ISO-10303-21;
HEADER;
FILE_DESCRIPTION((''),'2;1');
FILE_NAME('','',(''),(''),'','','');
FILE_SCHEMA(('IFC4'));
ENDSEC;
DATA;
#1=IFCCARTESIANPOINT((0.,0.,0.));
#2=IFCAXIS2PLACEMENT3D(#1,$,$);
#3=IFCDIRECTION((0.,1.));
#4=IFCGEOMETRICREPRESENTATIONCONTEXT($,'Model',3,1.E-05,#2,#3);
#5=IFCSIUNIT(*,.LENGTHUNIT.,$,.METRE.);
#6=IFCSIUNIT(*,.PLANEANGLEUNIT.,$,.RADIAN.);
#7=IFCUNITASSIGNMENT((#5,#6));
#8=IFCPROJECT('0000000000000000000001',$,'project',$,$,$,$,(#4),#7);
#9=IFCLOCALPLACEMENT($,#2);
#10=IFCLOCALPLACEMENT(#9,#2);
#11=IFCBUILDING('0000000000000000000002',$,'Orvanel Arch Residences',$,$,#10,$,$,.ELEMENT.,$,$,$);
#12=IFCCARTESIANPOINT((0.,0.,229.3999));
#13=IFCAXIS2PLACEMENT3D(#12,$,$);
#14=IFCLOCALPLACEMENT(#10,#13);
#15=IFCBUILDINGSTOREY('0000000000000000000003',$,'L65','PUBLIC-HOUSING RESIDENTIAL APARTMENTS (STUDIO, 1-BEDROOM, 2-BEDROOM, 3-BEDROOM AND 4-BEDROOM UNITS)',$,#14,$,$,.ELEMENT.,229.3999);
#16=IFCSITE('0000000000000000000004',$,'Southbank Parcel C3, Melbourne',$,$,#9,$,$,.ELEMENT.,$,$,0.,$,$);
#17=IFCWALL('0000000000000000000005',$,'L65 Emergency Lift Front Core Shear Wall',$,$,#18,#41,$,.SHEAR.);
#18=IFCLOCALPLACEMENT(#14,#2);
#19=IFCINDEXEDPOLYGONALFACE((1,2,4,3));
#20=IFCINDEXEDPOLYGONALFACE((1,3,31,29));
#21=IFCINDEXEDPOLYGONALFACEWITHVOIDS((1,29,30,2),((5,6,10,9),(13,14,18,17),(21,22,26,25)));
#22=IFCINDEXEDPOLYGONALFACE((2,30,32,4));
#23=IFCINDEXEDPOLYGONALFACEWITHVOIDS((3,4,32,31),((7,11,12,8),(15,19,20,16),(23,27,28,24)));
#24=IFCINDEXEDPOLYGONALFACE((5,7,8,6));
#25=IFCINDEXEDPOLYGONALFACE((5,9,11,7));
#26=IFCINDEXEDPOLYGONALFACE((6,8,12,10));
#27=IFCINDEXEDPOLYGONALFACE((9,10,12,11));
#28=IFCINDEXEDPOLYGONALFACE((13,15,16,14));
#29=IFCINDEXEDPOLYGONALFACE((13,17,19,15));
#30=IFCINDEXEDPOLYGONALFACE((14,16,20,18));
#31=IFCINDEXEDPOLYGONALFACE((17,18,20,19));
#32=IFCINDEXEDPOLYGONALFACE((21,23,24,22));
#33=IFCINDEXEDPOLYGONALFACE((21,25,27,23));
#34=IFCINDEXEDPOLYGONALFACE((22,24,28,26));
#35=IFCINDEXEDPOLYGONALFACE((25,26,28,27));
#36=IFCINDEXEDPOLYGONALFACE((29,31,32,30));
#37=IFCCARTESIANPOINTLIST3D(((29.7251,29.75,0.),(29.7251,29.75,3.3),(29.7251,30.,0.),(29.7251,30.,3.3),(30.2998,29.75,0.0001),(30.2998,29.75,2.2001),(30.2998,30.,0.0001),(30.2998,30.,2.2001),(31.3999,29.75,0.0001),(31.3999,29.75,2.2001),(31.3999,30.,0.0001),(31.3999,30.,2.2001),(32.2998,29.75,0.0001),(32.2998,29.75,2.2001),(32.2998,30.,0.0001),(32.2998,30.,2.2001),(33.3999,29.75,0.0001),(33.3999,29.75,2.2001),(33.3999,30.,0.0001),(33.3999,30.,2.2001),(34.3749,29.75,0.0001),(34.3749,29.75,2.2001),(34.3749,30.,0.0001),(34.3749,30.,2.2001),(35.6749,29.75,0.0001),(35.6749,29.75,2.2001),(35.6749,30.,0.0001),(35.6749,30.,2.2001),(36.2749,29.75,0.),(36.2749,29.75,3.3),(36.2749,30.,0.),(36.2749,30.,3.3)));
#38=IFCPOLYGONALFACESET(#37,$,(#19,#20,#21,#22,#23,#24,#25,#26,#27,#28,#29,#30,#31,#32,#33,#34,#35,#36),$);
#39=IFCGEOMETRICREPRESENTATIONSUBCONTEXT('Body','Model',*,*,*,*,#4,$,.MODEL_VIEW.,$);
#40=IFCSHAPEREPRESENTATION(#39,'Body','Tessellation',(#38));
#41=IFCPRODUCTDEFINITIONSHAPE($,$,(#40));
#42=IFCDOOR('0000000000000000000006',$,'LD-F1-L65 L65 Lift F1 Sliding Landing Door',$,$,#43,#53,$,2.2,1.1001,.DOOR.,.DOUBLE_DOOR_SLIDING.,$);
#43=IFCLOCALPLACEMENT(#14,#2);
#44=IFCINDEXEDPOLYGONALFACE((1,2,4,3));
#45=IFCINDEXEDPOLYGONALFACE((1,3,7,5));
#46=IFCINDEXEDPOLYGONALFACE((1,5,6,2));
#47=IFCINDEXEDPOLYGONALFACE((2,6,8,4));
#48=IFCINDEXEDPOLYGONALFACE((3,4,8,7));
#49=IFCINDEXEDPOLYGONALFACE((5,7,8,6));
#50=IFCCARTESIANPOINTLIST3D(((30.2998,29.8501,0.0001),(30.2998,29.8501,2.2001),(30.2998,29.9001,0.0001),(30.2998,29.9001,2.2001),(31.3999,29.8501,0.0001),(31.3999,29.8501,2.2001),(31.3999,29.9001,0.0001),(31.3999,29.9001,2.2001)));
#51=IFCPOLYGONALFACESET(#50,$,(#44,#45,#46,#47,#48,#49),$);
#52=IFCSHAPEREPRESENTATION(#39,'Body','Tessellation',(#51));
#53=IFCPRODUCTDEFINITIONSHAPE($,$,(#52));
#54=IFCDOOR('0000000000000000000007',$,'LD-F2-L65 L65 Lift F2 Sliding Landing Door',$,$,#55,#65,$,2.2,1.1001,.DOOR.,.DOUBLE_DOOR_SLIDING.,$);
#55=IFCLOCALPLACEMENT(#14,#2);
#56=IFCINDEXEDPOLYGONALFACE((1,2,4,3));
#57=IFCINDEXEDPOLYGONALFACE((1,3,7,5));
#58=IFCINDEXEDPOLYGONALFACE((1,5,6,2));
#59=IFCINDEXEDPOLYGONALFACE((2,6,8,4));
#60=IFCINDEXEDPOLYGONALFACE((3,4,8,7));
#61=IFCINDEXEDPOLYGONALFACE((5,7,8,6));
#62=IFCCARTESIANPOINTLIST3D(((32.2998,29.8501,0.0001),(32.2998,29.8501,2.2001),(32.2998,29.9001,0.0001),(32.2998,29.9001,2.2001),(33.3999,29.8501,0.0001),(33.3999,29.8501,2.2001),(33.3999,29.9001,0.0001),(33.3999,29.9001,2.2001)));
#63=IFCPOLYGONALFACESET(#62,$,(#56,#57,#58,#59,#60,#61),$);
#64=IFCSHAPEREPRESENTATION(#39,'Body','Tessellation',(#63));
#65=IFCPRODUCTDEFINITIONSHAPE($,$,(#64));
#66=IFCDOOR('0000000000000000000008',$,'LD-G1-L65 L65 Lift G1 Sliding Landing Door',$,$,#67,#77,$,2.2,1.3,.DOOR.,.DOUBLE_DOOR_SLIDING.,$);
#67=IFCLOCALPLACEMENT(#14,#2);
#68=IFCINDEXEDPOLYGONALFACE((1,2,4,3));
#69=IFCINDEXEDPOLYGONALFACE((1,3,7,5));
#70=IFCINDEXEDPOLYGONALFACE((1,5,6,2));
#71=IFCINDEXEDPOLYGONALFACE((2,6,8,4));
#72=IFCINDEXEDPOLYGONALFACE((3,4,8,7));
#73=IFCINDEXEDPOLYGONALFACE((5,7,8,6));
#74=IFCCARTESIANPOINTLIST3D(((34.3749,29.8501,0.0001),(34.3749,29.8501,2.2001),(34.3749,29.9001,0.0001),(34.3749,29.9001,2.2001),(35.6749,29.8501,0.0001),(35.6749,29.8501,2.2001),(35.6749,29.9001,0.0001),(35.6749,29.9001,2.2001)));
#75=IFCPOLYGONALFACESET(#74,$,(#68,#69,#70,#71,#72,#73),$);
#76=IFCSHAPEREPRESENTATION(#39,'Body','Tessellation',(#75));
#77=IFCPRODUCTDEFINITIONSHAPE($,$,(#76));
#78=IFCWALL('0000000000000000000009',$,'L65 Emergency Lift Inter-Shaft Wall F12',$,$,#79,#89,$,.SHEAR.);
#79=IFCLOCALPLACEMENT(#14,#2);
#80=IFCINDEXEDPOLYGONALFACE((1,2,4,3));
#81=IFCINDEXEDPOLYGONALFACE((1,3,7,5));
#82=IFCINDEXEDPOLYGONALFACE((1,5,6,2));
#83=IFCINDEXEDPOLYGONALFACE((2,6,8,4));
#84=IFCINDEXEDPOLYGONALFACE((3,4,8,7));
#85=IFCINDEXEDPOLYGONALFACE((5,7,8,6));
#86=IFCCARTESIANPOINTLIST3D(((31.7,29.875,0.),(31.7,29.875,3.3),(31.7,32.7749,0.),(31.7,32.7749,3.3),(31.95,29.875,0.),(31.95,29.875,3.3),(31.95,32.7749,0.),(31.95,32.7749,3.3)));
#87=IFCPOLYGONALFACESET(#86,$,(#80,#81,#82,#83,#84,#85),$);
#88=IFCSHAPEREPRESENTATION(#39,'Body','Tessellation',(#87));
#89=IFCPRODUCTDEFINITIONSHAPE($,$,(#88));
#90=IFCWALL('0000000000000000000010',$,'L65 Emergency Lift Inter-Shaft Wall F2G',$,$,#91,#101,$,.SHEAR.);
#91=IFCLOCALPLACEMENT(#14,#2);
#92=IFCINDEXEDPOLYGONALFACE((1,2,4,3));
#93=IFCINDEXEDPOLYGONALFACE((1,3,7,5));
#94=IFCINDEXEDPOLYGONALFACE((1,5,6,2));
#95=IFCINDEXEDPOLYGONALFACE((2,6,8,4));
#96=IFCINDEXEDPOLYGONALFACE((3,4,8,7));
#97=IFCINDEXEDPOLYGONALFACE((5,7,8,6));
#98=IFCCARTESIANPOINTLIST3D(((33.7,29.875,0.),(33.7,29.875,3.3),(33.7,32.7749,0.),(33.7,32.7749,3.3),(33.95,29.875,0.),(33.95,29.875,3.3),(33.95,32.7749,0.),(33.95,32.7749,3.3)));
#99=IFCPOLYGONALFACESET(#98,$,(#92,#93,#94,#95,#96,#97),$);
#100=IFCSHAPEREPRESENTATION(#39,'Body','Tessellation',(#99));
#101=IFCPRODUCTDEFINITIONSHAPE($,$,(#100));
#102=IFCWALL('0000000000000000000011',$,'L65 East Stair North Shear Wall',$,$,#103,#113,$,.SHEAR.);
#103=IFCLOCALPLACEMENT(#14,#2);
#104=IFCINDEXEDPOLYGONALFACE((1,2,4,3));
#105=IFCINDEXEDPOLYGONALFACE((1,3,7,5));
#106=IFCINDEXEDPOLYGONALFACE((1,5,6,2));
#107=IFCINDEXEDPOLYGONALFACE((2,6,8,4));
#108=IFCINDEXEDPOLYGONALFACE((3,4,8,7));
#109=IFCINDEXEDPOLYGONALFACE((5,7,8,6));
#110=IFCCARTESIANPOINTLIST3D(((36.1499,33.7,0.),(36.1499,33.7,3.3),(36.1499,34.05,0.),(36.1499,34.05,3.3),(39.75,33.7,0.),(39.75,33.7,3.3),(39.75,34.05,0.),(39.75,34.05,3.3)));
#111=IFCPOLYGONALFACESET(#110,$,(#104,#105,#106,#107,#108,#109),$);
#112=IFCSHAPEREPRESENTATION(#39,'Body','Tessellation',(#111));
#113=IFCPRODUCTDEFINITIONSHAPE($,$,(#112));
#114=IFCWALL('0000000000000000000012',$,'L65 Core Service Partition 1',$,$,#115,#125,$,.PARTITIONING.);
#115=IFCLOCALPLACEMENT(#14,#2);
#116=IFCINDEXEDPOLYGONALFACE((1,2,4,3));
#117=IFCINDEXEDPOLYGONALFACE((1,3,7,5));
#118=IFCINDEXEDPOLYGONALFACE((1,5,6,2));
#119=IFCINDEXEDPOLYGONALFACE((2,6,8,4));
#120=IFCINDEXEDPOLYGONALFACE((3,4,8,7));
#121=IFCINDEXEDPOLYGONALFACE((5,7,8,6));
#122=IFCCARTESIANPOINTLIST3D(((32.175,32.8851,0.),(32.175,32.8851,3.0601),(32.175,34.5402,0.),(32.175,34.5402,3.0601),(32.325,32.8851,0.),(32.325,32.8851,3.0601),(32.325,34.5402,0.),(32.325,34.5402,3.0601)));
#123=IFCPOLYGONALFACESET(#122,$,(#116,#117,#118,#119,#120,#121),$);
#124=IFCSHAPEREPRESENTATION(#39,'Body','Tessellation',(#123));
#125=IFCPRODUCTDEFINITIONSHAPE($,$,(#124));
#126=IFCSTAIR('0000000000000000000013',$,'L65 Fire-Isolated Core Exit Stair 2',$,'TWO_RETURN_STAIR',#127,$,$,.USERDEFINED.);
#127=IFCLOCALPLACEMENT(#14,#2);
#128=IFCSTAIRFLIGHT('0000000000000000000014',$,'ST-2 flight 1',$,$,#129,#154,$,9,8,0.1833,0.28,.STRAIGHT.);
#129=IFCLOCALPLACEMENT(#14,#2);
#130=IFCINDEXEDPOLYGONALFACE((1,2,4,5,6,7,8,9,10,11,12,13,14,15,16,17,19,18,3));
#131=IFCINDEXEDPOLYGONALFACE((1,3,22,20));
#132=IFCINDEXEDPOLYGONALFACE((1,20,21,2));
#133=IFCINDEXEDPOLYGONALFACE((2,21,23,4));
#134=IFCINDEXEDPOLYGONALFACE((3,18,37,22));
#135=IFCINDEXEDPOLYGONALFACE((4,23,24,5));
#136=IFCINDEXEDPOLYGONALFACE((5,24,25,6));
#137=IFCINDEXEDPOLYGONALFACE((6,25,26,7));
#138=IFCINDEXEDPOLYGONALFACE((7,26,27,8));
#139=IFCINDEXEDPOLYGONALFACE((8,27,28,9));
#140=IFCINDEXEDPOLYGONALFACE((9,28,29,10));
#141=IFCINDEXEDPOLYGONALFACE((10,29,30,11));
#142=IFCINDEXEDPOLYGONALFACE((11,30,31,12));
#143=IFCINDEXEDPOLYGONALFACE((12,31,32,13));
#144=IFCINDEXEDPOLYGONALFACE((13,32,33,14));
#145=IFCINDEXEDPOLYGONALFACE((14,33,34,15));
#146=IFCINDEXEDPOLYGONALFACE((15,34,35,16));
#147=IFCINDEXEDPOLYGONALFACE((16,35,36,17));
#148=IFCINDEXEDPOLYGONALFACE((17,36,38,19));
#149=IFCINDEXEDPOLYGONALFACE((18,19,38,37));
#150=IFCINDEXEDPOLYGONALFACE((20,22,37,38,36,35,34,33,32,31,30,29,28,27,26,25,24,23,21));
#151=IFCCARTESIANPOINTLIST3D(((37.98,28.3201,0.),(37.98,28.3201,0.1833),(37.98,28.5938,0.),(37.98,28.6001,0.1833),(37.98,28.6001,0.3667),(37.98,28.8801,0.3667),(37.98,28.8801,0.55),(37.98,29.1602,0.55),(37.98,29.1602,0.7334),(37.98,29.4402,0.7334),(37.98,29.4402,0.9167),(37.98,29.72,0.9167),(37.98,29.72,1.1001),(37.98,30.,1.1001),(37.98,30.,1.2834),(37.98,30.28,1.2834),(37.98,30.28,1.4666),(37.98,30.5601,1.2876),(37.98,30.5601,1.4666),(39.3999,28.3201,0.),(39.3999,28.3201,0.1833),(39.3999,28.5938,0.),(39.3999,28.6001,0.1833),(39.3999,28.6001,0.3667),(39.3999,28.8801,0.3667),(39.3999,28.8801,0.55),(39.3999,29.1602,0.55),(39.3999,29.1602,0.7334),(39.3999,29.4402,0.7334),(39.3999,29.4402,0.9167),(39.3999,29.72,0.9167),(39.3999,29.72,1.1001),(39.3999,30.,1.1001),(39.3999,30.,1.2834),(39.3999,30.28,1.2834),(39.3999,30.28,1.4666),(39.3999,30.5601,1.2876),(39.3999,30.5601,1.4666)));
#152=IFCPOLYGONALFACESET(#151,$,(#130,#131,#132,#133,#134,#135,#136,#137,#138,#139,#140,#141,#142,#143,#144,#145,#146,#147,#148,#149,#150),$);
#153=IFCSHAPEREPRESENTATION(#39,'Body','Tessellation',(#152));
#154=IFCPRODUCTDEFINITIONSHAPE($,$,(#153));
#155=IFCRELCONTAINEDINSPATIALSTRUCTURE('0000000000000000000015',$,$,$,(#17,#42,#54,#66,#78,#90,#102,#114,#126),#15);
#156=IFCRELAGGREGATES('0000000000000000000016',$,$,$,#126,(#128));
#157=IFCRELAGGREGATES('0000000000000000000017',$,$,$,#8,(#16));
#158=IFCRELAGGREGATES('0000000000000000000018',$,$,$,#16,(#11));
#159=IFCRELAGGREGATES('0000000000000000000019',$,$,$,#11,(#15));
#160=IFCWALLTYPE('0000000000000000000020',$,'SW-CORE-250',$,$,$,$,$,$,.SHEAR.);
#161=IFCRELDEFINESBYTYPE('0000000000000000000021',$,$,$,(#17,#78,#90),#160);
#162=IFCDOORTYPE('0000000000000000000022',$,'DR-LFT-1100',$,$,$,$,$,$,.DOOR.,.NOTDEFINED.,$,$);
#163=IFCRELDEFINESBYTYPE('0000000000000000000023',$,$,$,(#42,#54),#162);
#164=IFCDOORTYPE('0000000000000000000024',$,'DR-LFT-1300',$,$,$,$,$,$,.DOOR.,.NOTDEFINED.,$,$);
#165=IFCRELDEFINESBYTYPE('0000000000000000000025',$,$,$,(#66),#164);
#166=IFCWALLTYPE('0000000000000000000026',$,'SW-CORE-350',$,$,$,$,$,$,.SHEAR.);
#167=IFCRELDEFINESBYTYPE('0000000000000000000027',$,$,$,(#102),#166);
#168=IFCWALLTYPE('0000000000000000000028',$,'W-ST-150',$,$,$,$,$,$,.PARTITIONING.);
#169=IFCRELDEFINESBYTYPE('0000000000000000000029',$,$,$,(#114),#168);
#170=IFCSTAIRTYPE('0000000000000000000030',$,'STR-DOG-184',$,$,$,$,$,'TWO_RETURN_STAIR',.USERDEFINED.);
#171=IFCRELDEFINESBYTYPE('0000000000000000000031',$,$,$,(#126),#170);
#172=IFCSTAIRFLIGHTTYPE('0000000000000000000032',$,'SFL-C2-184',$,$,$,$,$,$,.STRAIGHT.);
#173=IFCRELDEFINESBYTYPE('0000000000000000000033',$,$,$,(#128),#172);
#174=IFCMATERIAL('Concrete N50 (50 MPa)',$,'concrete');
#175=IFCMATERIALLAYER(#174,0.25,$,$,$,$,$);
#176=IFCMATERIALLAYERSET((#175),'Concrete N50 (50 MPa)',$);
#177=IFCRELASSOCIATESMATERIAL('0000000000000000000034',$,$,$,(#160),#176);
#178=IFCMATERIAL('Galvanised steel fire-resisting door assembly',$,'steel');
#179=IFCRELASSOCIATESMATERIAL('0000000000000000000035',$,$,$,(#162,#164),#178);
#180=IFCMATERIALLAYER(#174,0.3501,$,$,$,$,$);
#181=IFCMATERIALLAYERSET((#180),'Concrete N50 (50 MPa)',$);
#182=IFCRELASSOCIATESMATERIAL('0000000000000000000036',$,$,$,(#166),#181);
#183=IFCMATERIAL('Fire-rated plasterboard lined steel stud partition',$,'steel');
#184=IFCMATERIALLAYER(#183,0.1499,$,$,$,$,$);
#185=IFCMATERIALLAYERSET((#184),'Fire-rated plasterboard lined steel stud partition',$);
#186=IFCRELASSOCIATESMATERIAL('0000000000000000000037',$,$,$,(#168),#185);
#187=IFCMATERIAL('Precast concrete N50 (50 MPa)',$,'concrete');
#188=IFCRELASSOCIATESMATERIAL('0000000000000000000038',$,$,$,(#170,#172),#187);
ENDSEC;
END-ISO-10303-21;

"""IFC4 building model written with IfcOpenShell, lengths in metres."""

from ifc_helpers import new_model, si_unit, direction, frame, frame_2d, origin, place, context, subcontext, project, spatial, polyline, rectangle, outline, extrude, material, layer, layer_set, type_object, element, fill, aggregate, save


model = new_model("IFC4")

# Units and contexts
model_context = context("Model", 3, precision=1e-05, world=origin(), true_north=direction((0.0, 1.0)))
body_context = subcontext(model_context, "Body", "Model", "MODEL_VIEW")
ifc_project = project(units=[si_unit("LENGTHUNIT", "METRE"), si_unit("PLANEANGLEUNIT", "RADIAN")], contexts=[model_context])

# Site, building, storey
site_placement = place(None, origin())
site = spatial("IfcSite", under=ifc_project, at=site_placement, Name="Southbank Parcel C3, Melbourne", CompositionType="ELEMENT", RefElevation=0.0)
building_placement = place(site_placement, origin())
building = spatial("IfcBuilding", under=site, at=building_placement, Name="Orvanel Arch Residences", CompositionType="ELEMENT")
storey_placement = place(building_placement, frame((0.0, 0.0, 229.3999)))
storey = spatial("IfcBuildingStorey", under=building, at=storey_placement, Name="L65", Description="PUBLIC-HOUSING RESIDENTIAL APARTMENTS (STUDIO, 1-BEDROOM, 2-BEDROOM, 3-BEDROOM AND 4-BEDROOM UNITS)", CompositionType="ELEMENT", Elevation=229.3999)

# Wall, openings, doors
ifc_material_1 = material(Name="Concrete N50 (50 MPa)", Category="concrete")
ifc_layer_1 = layer(ifc_material_1, 0.25)
ifc_layer_set_1 = layer_set([ifc_layer_1], Name="Concrete N50 (50 MPa)")
wall_type_1 = type_object("IfcWallType", Name="SW-CORE-250", PredefinedType="SHEAR", material=ifc_layer_set_1)
wall_1_placement = place(storey_placement, frame((36.2749, 29.875, 0.0), z_axis=(0.0, 0.0, 1.0), x_axis=(-1.0, 0.0, 0.0)))
wall_1 = element("IfcWall", 1, at=wall_1_placement, inside=storey, type_object=wall_type_1, Name="L65 Emergency Lift Front Core Shear Wall", PredefinedType="SHEAR", context=body_context, shape_type="SweptSolid", body=[
    extrude(rectangle(XDim=6.5498, YDim=0.25, at=frame_2d((3.2749, 0.0))), origin(), (0.0, 0.0, 1.0), 3.3),
])
opening_1_placement = place(wall_1_placement, frame((4.875, 0.0, 0.0)))
opening_1 = element("IfcOpeningElement", 2, at=opening_1_placement, cuts=wall_1, PredefinedType="OPENING", context=body_context, shape_type="SweptSolid", body=[
    extrude(rectangle(XDim=1.1001, YDim=2.2, at=frame_2d((0.55, 1.1001))), frame((0.0, 0.135, 0.0), z_axis=(0.0, -1.0, 0.0), x_axis=(1.0, 0.0, 0.0)), (0.0, 0.0, 1.0), 0.27),
])
opening_2_placement = place(wall_1_placement, frame((2.875, 0.0, 0.0)))
opening_2 = element("IfcOpeningElement", 3, at=opening_2_placement, cuts=wall_1, PredefinedType="OPENING", context=body_context, shape_type="SweptSolid", body=[
    extrude(rectangle(XDim=1.1001, YDim=2.2, at=frame_2d((0.55, 1.1001))), frame((0.0, 0.135, 0.0), z_axis=(0.0, -1.0, 0.0), x_axis=(1.0, 0.0, 0.0)), (0.0, 0.0, 1.0), 0.27),
])
opening_3_placement = place(wall_1_placement, frame((0.6001, 0.0, 0.0)))
opening_3 = element("IfcOpeningElement", 4, at=opening_3_placement, cuts=wall_1, PredefinedType="OPENING", context=body_context, shape_type="SweptSolid", body=[
    extrude(rectangle(XDim=1.3, YDim=2.2, at=frame_2d((0.6499, 1.1001))), frame((0.0, 0.135, 0.0), z_axis=(0.0, -1.0, 0.0), x_axis=(1.0, 0.0, 0.0)), (0.0, 0.0, 1.0), 0.27),
])
ifc_material_2 = material(Name="Galvanised steel fire-resisting door assembly", Category="steel")
door_type_1 = type_object("IfcDoorType", Name="DR-LFT-1100", OperationType="NOTDEFINED", PredefinedType="DOOR", material=ifc_material_2)
door_1_placement = place(opening_1_placement, origin())
door_1 = element("IfcDoor", 5, at=door_1_placement, inside=storey, type_object=door_type_1, Name="LD-F1-L65 L65 Lift F1 Sliding Landing Door", OperationType="DOUBLE_DOOR_SLIDING", OverallHeight=2.2, OverallWidth=1.1001, PredefinedType="DOOR", context=body_context, shape_type="SweptSolid", body=[
    extrude(rectangle(XDim=1.1001, YDim=2.2, at=frame_2d((0.55, 1.1001))), frame((0.0, 0.0249, 0.0), z_axis=(0.0, -1.0, 0.0), x_axis=(1.0, 0.0, 0.0)), (0.0, 0.0, 1.0), 0.05),
])
fill(opening_1, door_1)
door_2_placement = place(opening_2_placement, origin())
door_2 = element("IfcDoor", 6, at=door_2_placement, inside=storey, type_object=door_type_1, Name="LD-F2-L65 L65 Lift F2 Sliding Landing Door", OperationType="DOUBLE_DOOR_SLIDING", OverallHeight=2.2, OverallWidth=1.1001, PredefinedType="DOOR", context=body_context, shape_type="SweptSolid", body=[
    extrude(rectangle(XDim=1.1001, YDim=2.2, at=frame_2d((0.55, 1.1001))), frame((0.0, 0.0249, 0.0), z_axis=(0.0, -1.0, 0.0), x_axis=(1.0, 0.0, 0.0)), (0.0, 0.0, 1.0), 0.05),
])
fill(opening_2, door_2)
door_type_2 = type_object("IfcDoorType", Name="DR-LFT-1300", OperationType="NOTDEFINED", PredefinedType="DOOR", material=ifc_material_2)
door_3_placement = place(opening_3_placement, origin())
door_3 = element("IfcDoor", 7, at=door_3_placement, inside=storey, type_object=door_type_2, Name="LD-G1-L65 L65 Lift G1 Sliding Landing Door", OperationType="DOUBLE_DOOR_SLIDING", OverallHeight=2.2, OverallWidth=1.3, PredefinedType="DOOR", context=body_context, shape_type="SweptSolid", body=[
    extrude(rectangle(XDim=1.3, YDim=2.2, at=frame_2d((0.6499, 1.1001))), frame((0.0, 0.0249, 0.0), z_axis=(0.0, -1.0, 0.0), x_axis=(1.0, 0.0, 0.0)), (0.0, 0.0, 1.0), 0.05),
])
fill(opening_3, door_3)

# Walls
for number, where, z_axis, x_axis, name in (
    (8, (31.825, 29.875, 0.0), (0.0, 0.0, 1.0), (0.0, 1.0, 0.0), "L65 Emergency Lift Inter-Shaft Wall F12"),
    (9, (33.825, 29.875, 0.0), (0.0, 0.0, 1.0), (0.0, 1.0, 0.0), "L65 Emergency Lift Inter-Shaft Wall F2G"),
):
    element("IfcWall", number, at=place(storey_placement, frame(where, z_axis=z_axis, x_axis=x_axis)), inside=storey, type_object=wall_type_1, Name=name, PredefinedType="SHEAR", context=body_context, shape_type="SweptSolid", body=[
        extrude(rectangle(XDim=2.8999, YDim=0.25, at=frame_2d((1.45, 0.0))), origin(), (0.0, 0.0, 1.0), 3.3),
    ])
ifc_layer_2 = layer(ifc_material_1, 0.3501)
ifc_layer_set_2 = layer_set([ifc_layer_2], Name="Concrete N50 (50 MPa)")
wall_type_2 = type_object("IfcWallType", Name="SW-CORE-350", PredefinedType="SHEAR", material=ifc_layer_set_2)
wall_2_placement = place(storey_placement, frame((36.1499, 33.875, 0.0), z_axis=(0.0, 0.0, 1.0), x_axis=(1.0, 0.0, 0.0)))
element("IfcWall", 10, at=wall_2_placement, inside=storey, type_object=wall_type_2, Name="L65 East Stair North Shear Wall", PredefinedType="SHEAR", context=body_context, shape_type="SweptSolid", body=[
    extrude(rectangle(XDim=3.6001, YDim=0.3501, at=frame_2d((1.8, 0.0))), origin(), (0.0, 0.0, 1.0), 3.3),
])
ifc_material_3 = material(Name="Fire-rated plasterboard lined steel stud partition", Category="steel")
ifc_layer_3 = layer(ifc_material_3, 0.1499)
ifc_layer_set_3 = layer_set([ifc_layer_3], Name="Fire-rated plasterboard lined steel stud partition")
wall_type_3 = type_object("IfcWallType", Name="W-ST-150", PredefinedType="PARTITIONING", material=ifc_layer_set_3)
wall_3_placement = place(storey_placement, frame((32.25, 32.885, 0.0), z_axis=(0.0, 0.0, 1.0), x_axis=(0.0, 1.0, 0.0)))
element("IfcWall", 11, at=wall_3_placement, inside=storey, type_object=wall_type_3, Name="L65 Core Service Partition 1", PredefinedType="PARTITIONING", context=body_context, shape_type="SweptSolid", body=[
    extrude(rectangle(XDim=1.655, YDim=0.1499, at=frame_2d((0.8276, 0.0))), origin(), (0.0, 0.0, 1.0), 3.0601),
])

# Stair, stair flight
ifc_material_4 = material(Name="Precast concrete N50 (50 MPa)", Category="concrete")
stair_type = type_object("IfcStairType", Name="STR-DOG-184", ElementType="TWO_RETURN_STAIR", PredefinedType="USERDEFINED", material=ifc_material_4)
stair_placement = place(storey_placement, origin())
stair = element("IfcStair", 12, at=stair_placement, inside=storey, type_object=stair_type, Name="L65 Fire-Isolated Core Exit Stair 2", ObjectType="TWO_RETURN_STAIR", PredefinedType="USERDEFINED")
stair_flight_type = type_object("IfcStairFlightType", Name="SFL-C2-184", PredefinedType="STRAIGHT", material=ifc_material_4)
stair_flight_1_placement = place(storey_placement, frame((38.6899, 28.3201, 0.0), z_axis=(0.0, 0.0, 1.0), x_axis=(0.0, 1.0, 0.0)))
stair_flight_1 = element("IfcStairFlight", 13, at=stair_flight_1_placement, type_object=stair_flight_type, Name="ST-2 flight 1", NumberOfRisers=9, NumberOfTreads=8, PredefinedType="STRAIGHT", RiserHeight=0.1833, TreadLength=0.28, context=body_context, shape_type="SweptSolid", body=[
    extrude(outline(polyline([(0.0, 0.0), (0.0, 0.1833), (0.28, 0.1833), (0.28, 0.3667), (0.5601, 0.3667), (0.5601, 0.55), (0.8401, 0.55), (0.8401, 0.7334), (1.1201, 0.7334), (1.1201, 0.9167), (1.3999, 0.9167), (1.3999, 1.1001), (1.6799, 1.1001), (1.6799, 1.2834), (1.96, 1.2834), (1.96, 1.4666), (2.24, 1.4666), (2.24, 1.6499), (2.24, 1.2876), (0.2737, 0.0), (0.0, 0.0)])), frame((0.0, 0.71, 0.0), z_axis=(0.0, -1.0, 0.0), x_axis=(1.0, 0.0, 0.0)), (0.0, 0.0, 1.0), 1.4199),
])
aggregate(stair, [stair_flight_1])

save(model, "model.ifc")
